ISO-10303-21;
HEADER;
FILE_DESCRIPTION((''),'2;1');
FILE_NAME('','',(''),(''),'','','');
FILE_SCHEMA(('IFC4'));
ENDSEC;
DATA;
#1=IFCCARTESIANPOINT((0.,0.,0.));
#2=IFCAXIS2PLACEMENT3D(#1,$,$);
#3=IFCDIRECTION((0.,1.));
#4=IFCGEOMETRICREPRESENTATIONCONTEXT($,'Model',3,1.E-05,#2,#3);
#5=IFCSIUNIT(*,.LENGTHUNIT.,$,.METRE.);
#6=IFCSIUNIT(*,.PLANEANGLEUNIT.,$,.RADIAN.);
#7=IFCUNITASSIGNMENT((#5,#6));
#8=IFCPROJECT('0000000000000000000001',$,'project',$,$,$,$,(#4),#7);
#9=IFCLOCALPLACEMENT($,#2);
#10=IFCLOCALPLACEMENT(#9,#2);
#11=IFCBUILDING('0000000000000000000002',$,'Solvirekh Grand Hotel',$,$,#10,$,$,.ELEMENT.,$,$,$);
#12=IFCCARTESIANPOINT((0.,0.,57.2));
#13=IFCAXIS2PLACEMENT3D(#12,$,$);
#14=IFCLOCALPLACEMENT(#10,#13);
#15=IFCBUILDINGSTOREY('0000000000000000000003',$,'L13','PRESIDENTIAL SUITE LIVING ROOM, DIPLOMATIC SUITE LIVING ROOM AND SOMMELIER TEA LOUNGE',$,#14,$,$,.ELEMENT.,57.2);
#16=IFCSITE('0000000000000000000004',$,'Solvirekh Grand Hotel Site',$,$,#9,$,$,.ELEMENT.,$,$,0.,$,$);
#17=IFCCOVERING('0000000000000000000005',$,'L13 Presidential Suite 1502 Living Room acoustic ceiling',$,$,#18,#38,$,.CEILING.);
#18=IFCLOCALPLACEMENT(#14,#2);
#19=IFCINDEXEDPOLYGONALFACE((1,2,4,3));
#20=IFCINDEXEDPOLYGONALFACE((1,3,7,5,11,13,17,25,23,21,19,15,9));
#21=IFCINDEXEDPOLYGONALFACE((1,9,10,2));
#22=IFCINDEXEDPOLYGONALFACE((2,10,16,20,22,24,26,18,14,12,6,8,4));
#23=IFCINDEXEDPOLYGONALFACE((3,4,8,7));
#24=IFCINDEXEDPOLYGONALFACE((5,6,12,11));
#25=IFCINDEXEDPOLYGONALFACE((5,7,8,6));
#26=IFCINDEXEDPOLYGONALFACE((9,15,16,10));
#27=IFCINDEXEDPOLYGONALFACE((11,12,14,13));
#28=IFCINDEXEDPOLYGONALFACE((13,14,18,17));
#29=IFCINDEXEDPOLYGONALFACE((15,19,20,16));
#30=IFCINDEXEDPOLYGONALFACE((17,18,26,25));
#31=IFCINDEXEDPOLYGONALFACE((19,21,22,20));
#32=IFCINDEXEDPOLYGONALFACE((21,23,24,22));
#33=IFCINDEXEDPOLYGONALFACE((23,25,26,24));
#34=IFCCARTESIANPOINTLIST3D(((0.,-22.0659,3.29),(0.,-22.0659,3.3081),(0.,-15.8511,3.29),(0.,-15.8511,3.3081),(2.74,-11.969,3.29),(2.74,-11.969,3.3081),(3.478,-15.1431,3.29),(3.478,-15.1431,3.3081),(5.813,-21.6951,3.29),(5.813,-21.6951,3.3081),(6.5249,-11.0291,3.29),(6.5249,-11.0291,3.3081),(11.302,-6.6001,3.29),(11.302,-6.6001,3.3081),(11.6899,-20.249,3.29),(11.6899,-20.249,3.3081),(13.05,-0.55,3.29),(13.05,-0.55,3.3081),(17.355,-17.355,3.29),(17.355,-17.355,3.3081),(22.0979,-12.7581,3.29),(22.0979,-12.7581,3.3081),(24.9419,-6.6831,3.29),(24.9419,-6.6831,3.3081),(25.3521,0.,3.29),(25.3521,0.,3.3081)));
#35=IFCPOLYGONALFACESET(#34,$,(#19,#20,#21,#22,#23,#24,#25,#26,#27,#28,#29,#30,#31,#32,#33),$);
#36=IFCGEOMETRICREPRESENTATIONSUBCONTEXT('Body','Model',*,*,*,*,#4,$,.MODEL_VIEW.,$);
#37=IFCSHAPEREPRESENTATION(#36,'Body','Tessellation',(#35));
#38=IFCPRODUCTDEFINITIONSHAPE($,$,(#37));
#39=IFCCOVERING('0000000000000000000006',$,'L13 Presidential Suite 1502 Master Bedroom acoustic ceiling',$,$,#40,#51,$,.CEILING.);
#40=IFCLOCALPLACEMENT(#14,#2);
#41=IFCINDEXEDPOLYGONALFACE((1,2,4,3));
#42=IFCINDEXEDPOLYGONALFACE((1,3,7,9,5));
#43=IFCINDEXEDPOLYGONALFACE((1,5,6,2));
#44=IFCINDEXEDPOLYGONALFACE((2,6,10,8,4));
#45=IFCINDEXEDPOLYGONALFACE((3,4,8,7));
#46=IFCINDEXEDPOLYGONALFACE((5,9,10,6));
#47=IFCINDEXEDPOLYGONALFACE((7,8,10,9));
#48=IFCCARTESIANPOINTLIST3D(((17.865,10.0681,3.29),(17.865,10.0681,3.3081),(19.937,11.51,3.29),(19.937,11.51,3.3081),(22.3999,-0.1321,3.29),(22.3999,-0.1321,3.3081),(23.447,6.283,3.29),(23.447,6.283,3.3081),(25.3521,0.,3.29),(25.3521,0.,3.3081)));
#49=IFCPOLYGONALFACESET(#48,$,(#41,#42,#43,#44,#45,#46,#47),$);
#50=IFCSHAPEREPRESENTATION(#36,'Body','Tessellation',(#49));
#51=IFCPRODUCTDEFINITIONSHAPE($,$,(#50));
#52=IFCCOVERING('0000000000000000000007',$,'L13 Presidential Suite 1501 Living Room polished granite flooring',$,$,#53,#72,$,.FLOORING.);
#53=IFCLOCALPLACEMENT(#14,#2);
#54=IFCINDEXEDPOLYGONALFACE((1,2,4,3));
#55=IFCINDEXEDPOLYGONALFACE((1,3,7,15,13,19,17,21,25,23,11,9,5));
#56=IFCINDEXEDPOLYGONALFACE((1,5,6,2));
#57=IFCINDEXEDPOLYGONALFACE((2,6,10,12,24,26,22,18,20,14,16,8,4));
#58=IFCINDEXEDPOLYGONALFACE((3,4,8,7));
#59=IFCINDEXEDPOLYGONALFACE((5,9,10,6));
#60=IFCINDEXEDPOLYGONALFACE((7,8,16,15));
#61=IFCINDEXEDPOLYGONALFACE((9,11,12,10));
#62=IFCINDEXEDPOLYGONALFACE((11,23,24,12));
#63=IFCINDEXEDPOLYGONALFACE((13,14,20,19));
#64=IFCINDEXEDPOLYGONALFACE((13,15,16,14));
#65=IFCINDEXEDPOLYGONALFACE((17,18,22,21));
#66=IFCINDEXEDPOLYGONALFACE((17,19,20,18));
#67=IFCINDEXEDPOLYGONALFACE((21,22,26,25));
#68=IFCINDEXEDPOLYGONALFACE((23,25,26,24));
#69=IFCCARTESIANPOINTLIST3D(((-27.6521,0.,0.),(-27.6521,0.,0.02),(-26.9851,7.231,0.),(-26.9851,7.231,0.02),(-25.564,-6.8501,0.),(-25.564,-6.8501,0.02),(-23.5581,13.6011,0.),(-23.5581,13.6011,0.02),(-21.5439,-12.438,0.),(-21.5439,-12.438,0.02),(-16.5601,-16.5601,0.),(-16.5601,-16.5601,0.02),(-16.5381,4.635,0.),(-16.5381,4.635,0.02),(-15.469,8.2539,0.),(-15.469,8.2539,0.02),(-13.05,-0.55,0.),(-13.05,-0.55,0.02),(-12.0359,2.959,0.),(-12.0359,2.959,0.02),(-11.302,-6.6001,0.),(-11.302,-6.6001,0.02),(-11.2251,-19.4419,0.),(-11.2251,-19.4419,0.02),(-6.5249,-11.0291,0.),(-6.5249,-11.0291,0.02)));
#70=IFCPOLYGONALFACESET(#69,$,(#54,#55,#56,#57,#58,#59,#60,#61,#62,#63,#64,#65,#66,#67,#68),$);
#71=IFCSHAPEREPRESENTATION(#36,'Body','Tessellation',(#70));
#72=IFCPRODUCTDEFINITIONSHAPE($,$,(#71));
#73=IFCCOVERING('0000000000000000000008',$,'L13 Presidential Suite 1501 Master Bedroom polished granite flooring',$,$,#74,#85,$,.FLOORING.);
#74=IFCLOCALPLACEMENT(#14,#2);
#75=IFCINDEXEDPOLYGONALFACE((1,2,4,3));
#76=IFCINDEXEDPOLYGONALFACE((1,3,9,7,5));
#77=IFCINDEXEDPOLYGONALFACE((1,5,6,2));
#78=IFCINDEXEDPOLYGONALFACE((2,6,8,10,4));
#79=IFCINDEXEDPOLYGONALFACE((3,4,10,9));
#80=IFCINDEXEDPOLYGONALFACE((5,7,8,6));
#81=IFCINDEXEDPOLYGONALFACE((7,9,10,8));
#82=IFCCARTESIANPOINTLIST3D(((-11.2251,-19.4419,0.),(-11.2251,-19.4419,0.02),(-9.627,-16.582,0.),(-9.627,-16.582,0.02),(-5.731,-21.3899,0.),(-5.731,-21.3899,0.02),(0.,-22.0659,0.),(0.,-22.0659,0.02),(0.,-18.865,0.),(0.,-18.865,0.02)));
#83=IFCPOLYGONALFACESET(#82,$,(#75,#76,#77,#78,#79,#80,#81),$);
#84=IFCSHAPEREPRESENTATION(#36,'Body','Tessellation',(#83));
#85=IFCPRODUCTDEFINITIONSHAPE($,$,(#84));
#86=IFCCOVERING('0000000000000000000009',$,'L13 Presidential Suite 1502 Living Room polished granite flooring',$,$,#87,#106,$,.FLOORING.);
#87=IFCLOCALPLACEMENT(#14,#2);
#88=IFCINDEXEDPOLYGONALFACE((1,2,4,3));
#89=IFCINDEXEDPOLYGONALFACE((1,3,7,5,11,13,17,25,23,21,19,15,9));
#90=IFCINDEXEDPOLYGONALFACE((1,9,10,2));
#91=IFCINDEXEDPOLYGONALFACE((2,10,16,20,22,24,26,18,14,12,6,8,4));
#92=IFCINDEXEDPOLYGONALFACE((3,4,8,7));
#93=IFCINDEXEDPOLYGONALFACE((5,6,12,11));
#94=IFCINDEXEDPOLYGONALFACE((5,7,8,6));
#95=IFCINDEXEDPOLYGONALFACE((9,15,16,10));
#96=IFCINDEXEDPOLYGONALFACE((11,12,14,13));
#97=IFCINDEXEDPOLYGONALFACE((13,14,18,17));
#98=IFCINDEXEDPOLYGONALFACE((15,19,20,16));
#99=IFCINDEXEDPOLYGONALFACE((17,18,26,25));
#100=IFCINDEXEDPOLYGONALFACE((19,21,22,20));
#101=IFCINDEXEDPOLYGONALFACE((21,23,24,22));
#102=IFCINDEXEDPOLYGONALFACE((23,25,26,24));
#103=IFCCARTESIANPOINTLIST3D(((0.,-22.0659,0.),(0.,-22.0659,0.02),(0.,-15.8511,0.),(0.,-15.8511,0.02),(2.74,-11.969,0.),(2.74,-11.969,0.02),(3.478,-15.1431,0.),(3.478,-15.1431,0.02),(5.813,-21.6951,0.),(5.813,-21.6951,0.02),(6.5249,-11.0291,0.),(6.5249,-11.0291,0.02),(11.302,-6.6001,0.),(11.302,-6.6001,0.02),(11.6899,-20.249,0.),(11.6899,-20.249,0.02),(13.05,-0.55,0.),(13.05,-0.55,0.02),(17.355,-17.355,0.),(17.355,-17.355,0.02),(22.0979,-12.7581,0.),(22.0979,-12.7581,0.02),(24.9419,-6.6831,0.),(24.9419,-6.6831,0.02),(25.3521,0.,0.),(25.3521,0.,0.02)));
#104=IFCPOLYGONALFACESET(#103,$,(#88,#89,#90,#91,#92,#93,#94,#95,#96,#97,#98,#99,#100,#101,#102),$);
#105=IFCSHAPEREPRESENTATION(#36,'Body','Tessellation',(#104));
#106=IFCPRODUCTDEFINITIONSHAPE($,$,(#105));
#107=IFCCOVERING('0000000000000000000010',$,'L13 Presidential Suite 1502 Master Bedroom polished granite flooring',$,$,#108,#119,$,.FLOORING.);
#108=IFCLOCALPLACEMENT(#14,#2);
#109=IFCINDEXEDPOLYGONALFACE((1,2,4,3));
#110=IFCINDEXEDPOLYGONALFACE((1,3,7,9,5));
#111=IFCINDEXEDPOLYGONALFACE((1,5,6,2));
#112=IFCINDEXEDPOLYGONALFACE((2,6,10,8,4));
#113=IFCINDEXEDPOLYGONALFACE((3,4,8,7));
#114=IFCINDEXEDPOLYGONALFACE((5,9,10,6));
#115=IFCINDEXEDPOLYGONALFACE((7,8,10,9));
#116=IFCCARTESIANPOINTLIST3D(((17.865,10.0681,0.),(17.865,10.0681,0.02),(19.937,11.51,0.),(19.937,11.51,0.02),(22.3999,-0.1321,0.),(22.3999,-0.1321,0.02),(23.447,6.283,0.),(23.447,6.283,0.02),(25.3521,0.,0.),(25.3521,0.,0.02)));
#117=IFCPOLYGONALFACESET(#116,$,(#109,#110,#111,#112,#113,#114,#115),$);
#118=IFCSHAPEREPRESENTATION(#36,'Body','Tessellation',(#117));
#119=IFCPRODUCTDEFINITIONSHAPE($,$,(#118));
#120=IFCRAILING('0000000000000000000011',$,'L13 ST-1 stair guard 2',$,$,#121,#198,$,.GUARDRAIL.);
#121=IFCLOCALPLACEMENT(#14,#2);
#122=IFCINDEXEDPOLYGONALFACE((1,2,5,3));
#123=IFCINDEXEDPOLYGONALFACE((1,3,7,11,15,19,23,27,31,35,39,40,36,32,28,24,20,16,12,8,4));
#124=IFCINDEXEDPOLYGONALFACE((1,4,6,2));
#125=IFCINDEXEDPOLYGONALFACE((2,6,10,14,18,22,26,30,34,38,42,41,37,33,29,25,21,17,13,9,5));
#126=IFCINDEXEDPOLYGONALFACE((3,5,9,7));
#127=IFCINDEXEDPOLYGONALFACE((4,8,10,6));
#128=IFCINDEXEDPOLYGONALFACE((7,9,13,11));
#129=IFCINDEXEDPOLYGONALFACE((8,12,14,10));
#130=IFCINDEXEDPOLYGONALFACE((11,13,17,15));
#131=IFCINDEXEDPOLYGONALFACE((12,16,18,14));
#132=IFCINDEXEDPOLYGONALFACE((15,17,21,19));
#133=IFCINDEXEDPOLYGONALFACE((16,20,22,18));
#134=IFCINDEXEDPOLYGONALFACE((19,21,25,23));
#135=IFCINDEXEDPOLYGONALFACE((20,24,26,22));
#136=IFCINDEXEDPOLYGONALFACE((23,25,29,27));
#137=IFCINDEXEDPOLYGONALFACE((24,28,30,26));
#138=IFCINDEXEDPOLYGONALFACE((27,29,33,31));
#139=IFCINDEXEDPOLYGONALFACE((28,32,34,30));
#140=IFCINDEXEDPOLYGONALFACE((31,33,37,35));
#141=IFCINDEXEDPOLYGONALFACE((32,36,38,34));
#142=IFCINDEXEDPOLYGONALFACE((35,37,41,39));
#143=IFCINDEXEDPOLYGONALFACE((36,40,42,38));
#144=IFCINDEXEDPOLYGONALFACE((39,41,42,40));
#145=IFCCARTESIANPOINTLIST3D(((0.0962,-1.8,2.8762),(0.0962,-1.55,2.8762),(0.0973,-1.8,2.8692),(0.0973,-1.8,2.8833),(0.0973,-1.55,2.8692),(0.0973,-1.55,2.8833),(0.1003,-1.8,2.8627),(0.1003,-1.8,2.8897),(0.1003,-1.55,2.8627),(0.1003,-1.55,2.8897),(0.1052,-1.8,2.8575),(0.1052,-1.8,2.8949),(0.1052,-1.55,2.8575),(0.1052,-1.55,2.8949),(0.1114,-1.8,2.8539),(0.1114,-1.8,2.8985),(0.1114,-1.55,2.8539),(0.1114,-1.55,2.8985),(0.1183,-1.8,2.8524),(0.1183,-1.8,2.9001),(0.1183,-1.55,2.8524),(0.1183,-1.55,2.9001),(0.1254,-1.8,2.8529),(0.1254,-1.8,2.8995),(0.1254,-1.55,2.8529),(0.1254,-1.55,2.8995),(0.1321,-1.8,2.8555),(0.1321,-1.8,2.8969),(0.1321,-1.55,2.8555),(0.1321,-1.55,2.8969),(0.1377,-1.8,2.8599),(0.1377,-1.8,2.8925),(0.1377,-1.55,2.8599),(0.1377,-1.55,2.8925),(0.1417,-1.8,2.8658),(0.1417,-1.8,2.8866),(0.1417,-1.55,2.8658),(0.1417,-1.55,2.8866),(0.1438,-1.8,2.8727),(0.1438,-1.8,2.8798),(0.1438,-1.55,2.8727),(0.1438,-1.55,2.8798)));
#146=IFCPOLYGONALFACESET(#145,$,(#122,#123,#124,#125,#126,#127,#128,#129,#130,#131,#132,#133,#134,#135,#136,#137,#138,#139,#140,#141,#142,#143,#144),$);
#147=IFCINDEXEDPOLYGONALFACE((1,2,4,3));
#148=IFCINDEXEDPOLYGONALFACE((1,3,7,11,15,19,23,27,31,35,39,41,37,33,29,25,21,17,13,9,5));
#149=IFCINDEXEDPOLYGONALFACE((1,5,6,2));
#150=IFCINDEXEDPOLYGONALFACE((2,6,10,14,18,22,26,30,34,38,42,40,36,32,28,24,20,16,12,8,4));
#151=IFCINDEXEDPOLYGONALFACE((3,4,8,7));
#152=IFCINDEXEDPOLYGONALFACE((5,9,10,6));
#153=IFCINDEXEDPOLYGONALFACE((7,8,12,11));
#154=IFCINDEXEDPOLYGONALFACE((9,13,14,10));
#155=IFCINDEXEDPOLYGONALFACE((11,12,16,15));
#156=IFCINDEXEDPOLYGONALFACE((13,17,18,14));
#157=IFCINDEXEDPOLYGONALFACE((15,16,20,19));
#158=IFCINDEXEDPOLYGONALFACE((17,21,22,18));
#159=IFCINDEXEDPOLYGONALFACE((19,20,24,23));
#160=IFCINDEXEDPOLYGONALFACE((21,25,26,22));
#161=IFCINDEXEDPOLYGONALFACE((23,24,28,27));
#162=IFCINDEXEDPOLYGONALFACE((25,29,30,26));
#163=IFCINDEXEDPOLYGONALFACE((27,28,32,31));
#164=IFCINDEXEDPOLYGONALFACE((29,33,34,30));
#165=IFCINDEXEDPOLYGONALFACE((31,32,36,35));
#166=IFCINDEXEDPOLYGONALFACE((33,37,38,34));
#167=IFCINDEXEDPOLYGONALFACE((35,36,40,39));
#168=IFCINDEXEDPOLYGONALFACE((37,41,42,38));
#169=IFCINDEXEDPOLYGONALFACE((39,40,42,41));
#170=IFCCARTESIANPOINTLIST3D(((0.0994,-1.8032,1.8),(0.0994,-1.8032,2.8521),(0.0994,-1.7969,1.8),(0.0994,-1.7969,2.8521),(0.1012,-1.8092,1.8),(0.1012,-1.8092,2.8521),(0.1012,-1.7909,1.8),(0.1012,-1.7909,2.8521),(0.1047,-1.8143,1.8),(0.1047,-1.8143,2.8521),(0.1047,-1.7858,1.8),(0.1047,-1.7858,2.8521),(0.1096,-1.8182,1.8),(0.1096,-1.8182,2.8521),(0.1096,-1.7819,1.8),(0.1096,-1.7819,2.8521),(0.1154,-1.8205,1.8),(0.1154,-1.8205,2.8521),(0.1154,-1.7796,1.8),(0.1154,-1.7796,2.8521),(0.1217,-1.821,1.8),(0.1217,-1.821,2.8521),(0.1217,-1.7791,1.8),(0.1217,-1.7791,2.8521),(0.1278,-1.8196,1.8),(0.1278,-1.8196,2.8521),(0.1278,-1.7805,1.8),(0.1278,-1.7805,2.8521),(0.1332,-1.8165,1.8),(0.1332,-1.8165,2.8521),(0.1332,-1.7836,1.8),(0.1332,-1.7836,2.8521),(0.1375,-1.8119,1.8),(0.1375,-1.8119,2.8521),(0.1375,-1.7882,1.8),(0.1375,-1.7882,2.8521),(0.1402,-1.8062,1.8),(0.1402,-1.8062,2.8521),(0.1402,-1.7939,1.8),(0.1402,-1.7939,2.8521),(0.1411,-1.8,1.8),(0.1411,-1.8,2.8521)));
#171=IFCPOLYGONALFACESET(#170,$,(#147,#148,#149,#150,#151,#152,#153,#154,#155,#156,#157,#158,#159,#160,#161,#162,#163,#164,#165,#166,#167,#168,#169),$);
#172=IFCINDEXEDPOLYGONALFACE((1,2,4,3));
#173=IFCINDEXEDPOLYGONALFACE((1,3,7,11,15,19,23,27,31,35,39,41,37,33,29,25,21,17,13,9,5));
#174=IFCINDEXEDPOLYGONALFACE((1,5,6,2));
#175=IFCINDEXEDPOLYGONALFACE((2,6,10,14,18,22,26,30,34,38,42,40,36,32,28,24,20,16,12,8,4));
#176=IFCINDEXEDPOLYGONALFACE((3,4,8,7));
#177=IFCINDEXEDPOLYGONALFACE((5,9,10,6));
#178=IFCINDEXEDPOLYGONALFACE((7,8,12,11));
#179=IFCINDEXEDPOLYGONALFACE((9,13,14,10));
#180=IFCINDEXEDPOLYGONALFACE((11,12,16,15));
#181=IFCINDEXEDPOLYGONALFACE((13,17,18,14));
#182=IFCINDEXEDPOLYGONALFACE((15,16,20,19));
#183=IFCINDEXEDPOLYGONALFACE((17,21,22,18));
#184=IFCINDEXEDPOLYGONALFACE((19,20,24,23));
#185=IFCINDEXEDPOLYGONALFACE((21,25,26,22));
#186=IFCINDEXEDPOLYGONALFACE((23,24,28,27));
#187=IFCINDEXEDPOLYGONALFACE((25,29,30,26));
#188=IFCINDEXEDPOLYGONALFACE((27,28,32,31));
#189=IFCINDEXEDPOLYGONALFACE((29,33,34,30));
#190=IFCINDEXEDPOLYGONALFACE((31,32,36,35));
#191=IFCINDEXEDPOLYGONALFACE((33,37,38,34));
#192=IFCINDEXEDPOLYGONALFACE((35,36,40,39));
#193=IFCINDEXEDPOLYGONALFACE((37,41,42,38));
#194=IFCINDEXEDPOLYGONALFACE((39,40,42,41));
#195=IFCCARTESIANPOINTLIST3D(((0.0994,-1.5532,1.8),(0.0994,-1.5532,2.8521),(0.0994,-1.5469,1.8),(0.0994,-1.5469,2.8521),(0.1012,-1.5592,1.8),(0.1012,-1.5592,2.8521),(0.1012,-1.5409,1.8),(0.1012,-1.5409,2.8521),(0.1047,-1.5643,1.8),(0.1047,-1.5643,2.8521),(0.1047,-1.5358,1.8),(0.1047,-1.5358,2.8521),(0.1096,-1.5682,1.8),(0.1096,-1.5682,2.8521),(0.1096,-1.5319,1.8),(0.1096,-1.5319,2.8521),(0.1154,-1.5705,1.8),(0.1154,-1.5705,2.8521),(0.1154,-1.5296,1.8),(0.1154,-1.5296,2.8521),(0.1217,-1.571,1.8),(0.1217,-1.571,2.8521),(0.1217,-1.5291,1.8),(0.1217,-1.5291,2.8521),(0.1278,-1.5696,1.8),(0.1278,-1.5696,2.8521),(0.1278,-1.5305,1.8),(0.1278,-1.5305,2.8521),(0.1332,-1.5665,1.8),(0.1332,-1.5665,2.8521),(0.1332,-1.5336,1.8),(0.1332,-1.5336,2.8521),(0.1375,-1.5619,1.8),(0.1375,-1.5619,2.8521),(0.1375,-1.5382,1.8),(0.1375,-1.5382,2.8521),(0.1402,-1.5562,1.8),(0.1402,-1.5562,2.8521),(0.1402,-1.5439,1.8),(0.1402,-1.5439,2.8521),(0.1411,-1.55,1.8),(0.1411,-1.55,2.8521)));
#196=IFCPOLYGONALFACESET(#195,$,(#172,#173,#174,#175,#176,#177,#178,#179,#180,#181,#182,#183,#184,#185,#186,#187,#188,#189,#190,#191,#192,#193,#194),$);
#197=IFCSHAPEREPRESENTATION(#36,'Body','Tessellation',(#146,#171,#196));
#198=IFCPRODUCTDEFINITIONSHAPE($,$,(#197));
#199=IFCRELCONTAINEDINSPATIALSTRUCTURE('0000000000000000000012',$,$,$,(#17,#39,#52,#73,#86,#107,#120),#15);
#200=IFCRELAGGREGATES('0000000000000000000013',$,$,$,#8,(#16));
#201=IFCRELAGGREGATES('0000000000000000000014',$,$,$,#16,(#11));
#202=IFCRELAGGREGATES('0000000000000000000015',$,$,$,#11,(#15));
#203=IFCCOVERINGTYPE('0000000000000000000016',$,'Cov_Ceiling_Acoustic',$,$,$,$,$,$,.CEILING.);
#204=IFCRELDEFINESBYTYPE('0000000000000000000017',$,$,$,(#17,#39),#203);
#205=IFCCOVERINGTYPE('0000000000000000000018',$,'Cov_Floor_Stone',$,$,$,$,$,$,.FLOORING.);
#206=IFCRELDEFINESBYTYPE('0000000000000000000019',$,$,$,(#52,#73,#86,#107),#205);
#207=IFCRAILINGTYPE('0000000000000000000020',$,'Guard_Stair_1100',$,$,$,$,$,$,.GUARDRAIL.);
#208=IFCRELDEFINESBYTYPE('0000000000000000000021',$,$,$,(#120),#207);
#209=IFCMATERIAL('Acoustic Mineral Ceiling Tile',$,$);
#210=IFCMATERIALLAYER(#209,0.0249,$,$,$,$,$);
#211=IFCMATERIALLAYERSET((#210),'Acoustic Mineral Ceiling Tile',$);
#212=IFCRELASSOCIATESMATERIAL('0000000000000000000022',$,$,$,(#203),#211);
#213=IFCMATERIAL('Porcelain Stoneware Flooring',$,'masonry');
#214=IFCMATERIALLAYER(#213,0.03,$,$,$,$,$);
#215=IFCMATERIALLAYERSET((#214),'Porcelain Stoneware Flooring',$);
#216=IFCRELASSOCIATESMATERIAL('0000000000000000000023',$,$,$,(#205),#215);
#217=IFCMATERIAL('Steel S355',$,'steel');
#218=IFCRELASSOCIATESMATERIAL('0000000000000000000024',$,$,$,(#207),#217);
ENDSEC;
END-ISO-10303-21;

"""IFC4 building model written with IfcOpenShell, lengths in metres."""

from ifc_helpers import new_model, si_unit, direction, frame, origin, origin_2d, place, context, subcontext, project, spatial, polyline, circle, outline, extrude, material, layer, layer_set, type_object, element, save


model = new_model("IFC4")

# Units and contexts
model_context = context("Model", 3, precision=1e-05, world=origin(), true_north=direction((0.0, 1.0)))
body_context = subcontext(model_context, "Body", "Model", "MODEL_VIEW")
ifc_project = project(units=[si_unit("LENGTHUNIT", "METRE"), si_unit("PLANEANGLEUNIT", "RADIAN")], contexts=[model_context])

# Site, building, storey
site_placement = place(None, origin())
site = spatial("IfcSite", under=ifc_project, at=site_placement, Name="Solvirekh Grand Hotel Site", CompositionType="ELEMENT", RefElevation=0.0)
building_placement = place(site_placement, origin())
building = spatial("IfcBuilding", under=site, at=building_placement, Name="Solvirekh Grand Hotel", CompositionType="ELEMENT")
storey_placement = place(building_placement, frame((0.0, 0.0, 57.2)))
storey = spatial("IfcBuildingStorey", under=building, at=storey_placement, Name="L13", Description="PRESIDENTIAL SUITE LIVING ROOM, DIPLOMATIC SUITE LIVING ROOM AND SOMMELIER TEA LOUNGE", CompositionType="ELEMENT", Elevation=57.2)

# Coverings
ifc_material_1 = material(Name="Acoustic Mineral Ceiling Tile")
ifc_layer_1 = layer(ifc_material_1, 0.0249)
ifc_layer_set_1 = layer_set([ifc_layer_1], Name="Acoustic Mineral Ceiling Tile")
covering_type_1 = type_object("IfcCoveringType", Name="Cov_Ceiling_Acoustic", PredefinedType="CEILING", material=ifc_layer_set_1)
covering_1_placement = place(storey_placement, frame((0.0, 0.0, 3.29)))
element("IfcCovering", 1, at=covering_1_placement, inside=storey, type_object=covering_type_1, Name="L13 Presidential Suite 1502 Living Room acoustic ceiling", PredefinedType="CEILING", context=body_context, shape_type="SweptSolid", body=[
    extrude(outline(polyline([(3.478, -15.1431), (0.0, -15.8511), (0.0, -22.0659), (5.813, -21.6951), (11.6899, -20.249), (17.355, -17.355), (22.0979, -12.7581), (24.9419, -6.6831), (25.3521, 0.0), (13.05, -0.55), (11.302, -6.6001), (6.5249, -11.0291), (2.74, -11.969), (3.478, -15.1431)])), origin(), (0.0, 0.0, 1.0), 0.0181),
])
covering_2_placement = place(storey_placement, frame((0.0, 0.0, 3.29)))
element("IfcCovering", 2, at=covering_2_placement, inside=storey, type_object=covering_type_1, Name="L13 Presidential Suite 1502 Master Bedroom acoustic ceiling", PredefinedType="CEILING", context=body_context, shape_type="SweptSolid", body=[
    extrude(outline(polyline([(25.3521, 0.0), (23.447, 6.283), (19.937, 11.51), (17.865, 10.0681), (22.3999, -0.1321), (25.3521, 0.0)])), origin(), (0.0, 0.0, 1.0), 0.0181),
])
ifc_material_2 = material(Name="Porcelain Stoneware Flooring", Category="masonry")
ifc_layer_2 = layer(ifc_material_2, 0.03)
ifc_layer_set_2 = layer_set([ifc_layer_2], Name="Porcelain Stoneware Flooring")
covering_type_2 = type_object("IfcCoveringType", Name="Cov_Floor_Stone", PredefinedType="FLOORING", material=ifc_layer_set_2)
covering_3_placement = place(storey_placement, origin())
element("IfcCovering", 3, at=covering_3_placement, inside=storey, type_object=covering_type_2, Name="L13 Presidential Suite 1501 Living Room polished granite flooring", PredefinedType="FLOORING", context=body_context, shape_type="SweptSolid", body=[
    extrude(outline(polyline([(-16.5381, 4.635), (-15.469, 8.2539), (-23.5581, 13.6011), (-26.9851, 7.231), (-27.6521, 0.0), (-25.564, -6.8501), (-21.5439, -12.438), (-16.5601, -16.5601), (-11.2251, -19.4419), (-6.5249, -11.0291), (-11.302, -6.6001), (-13.05, -0.55), (-12.0359, 2.959), (-16.5381, 4.635)])), origin(), (0.0, 0.0, 1.0), 0.02),
])
covering_4_placement = place(storey_placement, origin())
element("IfcCovering", 4, at=covering_4_placement, inside=storey, type_object=covering_type_2, Name="L13 Presidential Suite 1501 Master Bedroom polished granite flooring", PredefinedType="FLOORING", context=body_context, shape_type="SweptSolid", body=[
    extrude(outline(polyline([(-11.2251, -19.4419), (-5.731, -21.3899), (0.0, -22.0659), (0.0, -18.865), (-9.627, -16.582), (-11.2251, -19.4419)])), origin(), (0.0, 0.0, 1.0), 0.02),
])
covering_5_placement = place(storey_placement, origin())
element("IfcCovering", 5, at=covering_5_placement, inside=storey, type_object=covering_type_2, Name="L13 Presidential Suite 1502 Living Room polished granite flooring", PredefinedType="FLOORING", context=body_context, shape_type="SweptSolid", body=[
    extrude(outline(polyline([(3.478, -15.1431), (0.0, -15.8511), (0.0, -22.0659), (5.813, -21.6951), (11.6899, -20.249), (17.355, -17.355), (22.0979, -12.7581), (24.9419, -6.6831), (25.3521, 0.0), (13.05, -0.55), (11.302, -6.6001), (6.5249, -11.0291), (2.74, -11.969), (3.478, -15.1431)])), origin(), (0.0, 0.0, 1.0), 0.02),
])
covering_6_placement = place(storey_placement, origin())
element("IfcCovering", 6, at=covering_6_placement, inside=storey, type_object=covering_type_2, Name="L13 Presidential Suite 1502 Master Bedroom polished granite flooring", PredefinedType="FLOORING", context=body_context, shape_type="SweptSolid", body=[
    extrude(outline(polyline([(25.3521, 0.0), (23.447, 6.283), (19.937, 11.51), (17.865, 10.0681), (22.3999, -0.1321), (25.3521, 0.0)])), origin(), (0.0, 0.0, 1.0), 0.02),
])

# Railing
ifc_material_3 = material(Name="Steel S355", Category="steel")
railing_type_1 = type_object("IfcRailingType", Name="Guard_Stair_1100", PredefinedType="GUARDRAIL", material=ifc_material_3)
railing_1_placement = place(storey_placement, frame((0.1201, -1.8, 1.8)))
element("IfcRailing", 7, at=railing_1_placement, inside=storey, type_object=railing_type_1, Name="L13 ST-1 stair guard 2", PredefinedType="GUARDRAIL", context=body_context, shape_type="SweptSolid", body=[
    extrude(circle(Radius=0.0239, at=origin_2d()), frame((0.0, 0.0, 1.0762), z_axis=(0.0, 1.0, 0.0), x_axis=(-1.0, 0.0, 0.0)), (0.0, 0.0, 1.0), 0.25),
    extrude(circle(Radius=0.021, at=origin_2d()), origin(), (0.0, 0.0, 1.0), 1.052),
    extrude(circle(Radius=0.021, at=origin_2d()), frame((0.0, 0.25, 0.0)), (0.0, 0.0, 1.0), 1.052),
])

save(model, "model.ifc")
